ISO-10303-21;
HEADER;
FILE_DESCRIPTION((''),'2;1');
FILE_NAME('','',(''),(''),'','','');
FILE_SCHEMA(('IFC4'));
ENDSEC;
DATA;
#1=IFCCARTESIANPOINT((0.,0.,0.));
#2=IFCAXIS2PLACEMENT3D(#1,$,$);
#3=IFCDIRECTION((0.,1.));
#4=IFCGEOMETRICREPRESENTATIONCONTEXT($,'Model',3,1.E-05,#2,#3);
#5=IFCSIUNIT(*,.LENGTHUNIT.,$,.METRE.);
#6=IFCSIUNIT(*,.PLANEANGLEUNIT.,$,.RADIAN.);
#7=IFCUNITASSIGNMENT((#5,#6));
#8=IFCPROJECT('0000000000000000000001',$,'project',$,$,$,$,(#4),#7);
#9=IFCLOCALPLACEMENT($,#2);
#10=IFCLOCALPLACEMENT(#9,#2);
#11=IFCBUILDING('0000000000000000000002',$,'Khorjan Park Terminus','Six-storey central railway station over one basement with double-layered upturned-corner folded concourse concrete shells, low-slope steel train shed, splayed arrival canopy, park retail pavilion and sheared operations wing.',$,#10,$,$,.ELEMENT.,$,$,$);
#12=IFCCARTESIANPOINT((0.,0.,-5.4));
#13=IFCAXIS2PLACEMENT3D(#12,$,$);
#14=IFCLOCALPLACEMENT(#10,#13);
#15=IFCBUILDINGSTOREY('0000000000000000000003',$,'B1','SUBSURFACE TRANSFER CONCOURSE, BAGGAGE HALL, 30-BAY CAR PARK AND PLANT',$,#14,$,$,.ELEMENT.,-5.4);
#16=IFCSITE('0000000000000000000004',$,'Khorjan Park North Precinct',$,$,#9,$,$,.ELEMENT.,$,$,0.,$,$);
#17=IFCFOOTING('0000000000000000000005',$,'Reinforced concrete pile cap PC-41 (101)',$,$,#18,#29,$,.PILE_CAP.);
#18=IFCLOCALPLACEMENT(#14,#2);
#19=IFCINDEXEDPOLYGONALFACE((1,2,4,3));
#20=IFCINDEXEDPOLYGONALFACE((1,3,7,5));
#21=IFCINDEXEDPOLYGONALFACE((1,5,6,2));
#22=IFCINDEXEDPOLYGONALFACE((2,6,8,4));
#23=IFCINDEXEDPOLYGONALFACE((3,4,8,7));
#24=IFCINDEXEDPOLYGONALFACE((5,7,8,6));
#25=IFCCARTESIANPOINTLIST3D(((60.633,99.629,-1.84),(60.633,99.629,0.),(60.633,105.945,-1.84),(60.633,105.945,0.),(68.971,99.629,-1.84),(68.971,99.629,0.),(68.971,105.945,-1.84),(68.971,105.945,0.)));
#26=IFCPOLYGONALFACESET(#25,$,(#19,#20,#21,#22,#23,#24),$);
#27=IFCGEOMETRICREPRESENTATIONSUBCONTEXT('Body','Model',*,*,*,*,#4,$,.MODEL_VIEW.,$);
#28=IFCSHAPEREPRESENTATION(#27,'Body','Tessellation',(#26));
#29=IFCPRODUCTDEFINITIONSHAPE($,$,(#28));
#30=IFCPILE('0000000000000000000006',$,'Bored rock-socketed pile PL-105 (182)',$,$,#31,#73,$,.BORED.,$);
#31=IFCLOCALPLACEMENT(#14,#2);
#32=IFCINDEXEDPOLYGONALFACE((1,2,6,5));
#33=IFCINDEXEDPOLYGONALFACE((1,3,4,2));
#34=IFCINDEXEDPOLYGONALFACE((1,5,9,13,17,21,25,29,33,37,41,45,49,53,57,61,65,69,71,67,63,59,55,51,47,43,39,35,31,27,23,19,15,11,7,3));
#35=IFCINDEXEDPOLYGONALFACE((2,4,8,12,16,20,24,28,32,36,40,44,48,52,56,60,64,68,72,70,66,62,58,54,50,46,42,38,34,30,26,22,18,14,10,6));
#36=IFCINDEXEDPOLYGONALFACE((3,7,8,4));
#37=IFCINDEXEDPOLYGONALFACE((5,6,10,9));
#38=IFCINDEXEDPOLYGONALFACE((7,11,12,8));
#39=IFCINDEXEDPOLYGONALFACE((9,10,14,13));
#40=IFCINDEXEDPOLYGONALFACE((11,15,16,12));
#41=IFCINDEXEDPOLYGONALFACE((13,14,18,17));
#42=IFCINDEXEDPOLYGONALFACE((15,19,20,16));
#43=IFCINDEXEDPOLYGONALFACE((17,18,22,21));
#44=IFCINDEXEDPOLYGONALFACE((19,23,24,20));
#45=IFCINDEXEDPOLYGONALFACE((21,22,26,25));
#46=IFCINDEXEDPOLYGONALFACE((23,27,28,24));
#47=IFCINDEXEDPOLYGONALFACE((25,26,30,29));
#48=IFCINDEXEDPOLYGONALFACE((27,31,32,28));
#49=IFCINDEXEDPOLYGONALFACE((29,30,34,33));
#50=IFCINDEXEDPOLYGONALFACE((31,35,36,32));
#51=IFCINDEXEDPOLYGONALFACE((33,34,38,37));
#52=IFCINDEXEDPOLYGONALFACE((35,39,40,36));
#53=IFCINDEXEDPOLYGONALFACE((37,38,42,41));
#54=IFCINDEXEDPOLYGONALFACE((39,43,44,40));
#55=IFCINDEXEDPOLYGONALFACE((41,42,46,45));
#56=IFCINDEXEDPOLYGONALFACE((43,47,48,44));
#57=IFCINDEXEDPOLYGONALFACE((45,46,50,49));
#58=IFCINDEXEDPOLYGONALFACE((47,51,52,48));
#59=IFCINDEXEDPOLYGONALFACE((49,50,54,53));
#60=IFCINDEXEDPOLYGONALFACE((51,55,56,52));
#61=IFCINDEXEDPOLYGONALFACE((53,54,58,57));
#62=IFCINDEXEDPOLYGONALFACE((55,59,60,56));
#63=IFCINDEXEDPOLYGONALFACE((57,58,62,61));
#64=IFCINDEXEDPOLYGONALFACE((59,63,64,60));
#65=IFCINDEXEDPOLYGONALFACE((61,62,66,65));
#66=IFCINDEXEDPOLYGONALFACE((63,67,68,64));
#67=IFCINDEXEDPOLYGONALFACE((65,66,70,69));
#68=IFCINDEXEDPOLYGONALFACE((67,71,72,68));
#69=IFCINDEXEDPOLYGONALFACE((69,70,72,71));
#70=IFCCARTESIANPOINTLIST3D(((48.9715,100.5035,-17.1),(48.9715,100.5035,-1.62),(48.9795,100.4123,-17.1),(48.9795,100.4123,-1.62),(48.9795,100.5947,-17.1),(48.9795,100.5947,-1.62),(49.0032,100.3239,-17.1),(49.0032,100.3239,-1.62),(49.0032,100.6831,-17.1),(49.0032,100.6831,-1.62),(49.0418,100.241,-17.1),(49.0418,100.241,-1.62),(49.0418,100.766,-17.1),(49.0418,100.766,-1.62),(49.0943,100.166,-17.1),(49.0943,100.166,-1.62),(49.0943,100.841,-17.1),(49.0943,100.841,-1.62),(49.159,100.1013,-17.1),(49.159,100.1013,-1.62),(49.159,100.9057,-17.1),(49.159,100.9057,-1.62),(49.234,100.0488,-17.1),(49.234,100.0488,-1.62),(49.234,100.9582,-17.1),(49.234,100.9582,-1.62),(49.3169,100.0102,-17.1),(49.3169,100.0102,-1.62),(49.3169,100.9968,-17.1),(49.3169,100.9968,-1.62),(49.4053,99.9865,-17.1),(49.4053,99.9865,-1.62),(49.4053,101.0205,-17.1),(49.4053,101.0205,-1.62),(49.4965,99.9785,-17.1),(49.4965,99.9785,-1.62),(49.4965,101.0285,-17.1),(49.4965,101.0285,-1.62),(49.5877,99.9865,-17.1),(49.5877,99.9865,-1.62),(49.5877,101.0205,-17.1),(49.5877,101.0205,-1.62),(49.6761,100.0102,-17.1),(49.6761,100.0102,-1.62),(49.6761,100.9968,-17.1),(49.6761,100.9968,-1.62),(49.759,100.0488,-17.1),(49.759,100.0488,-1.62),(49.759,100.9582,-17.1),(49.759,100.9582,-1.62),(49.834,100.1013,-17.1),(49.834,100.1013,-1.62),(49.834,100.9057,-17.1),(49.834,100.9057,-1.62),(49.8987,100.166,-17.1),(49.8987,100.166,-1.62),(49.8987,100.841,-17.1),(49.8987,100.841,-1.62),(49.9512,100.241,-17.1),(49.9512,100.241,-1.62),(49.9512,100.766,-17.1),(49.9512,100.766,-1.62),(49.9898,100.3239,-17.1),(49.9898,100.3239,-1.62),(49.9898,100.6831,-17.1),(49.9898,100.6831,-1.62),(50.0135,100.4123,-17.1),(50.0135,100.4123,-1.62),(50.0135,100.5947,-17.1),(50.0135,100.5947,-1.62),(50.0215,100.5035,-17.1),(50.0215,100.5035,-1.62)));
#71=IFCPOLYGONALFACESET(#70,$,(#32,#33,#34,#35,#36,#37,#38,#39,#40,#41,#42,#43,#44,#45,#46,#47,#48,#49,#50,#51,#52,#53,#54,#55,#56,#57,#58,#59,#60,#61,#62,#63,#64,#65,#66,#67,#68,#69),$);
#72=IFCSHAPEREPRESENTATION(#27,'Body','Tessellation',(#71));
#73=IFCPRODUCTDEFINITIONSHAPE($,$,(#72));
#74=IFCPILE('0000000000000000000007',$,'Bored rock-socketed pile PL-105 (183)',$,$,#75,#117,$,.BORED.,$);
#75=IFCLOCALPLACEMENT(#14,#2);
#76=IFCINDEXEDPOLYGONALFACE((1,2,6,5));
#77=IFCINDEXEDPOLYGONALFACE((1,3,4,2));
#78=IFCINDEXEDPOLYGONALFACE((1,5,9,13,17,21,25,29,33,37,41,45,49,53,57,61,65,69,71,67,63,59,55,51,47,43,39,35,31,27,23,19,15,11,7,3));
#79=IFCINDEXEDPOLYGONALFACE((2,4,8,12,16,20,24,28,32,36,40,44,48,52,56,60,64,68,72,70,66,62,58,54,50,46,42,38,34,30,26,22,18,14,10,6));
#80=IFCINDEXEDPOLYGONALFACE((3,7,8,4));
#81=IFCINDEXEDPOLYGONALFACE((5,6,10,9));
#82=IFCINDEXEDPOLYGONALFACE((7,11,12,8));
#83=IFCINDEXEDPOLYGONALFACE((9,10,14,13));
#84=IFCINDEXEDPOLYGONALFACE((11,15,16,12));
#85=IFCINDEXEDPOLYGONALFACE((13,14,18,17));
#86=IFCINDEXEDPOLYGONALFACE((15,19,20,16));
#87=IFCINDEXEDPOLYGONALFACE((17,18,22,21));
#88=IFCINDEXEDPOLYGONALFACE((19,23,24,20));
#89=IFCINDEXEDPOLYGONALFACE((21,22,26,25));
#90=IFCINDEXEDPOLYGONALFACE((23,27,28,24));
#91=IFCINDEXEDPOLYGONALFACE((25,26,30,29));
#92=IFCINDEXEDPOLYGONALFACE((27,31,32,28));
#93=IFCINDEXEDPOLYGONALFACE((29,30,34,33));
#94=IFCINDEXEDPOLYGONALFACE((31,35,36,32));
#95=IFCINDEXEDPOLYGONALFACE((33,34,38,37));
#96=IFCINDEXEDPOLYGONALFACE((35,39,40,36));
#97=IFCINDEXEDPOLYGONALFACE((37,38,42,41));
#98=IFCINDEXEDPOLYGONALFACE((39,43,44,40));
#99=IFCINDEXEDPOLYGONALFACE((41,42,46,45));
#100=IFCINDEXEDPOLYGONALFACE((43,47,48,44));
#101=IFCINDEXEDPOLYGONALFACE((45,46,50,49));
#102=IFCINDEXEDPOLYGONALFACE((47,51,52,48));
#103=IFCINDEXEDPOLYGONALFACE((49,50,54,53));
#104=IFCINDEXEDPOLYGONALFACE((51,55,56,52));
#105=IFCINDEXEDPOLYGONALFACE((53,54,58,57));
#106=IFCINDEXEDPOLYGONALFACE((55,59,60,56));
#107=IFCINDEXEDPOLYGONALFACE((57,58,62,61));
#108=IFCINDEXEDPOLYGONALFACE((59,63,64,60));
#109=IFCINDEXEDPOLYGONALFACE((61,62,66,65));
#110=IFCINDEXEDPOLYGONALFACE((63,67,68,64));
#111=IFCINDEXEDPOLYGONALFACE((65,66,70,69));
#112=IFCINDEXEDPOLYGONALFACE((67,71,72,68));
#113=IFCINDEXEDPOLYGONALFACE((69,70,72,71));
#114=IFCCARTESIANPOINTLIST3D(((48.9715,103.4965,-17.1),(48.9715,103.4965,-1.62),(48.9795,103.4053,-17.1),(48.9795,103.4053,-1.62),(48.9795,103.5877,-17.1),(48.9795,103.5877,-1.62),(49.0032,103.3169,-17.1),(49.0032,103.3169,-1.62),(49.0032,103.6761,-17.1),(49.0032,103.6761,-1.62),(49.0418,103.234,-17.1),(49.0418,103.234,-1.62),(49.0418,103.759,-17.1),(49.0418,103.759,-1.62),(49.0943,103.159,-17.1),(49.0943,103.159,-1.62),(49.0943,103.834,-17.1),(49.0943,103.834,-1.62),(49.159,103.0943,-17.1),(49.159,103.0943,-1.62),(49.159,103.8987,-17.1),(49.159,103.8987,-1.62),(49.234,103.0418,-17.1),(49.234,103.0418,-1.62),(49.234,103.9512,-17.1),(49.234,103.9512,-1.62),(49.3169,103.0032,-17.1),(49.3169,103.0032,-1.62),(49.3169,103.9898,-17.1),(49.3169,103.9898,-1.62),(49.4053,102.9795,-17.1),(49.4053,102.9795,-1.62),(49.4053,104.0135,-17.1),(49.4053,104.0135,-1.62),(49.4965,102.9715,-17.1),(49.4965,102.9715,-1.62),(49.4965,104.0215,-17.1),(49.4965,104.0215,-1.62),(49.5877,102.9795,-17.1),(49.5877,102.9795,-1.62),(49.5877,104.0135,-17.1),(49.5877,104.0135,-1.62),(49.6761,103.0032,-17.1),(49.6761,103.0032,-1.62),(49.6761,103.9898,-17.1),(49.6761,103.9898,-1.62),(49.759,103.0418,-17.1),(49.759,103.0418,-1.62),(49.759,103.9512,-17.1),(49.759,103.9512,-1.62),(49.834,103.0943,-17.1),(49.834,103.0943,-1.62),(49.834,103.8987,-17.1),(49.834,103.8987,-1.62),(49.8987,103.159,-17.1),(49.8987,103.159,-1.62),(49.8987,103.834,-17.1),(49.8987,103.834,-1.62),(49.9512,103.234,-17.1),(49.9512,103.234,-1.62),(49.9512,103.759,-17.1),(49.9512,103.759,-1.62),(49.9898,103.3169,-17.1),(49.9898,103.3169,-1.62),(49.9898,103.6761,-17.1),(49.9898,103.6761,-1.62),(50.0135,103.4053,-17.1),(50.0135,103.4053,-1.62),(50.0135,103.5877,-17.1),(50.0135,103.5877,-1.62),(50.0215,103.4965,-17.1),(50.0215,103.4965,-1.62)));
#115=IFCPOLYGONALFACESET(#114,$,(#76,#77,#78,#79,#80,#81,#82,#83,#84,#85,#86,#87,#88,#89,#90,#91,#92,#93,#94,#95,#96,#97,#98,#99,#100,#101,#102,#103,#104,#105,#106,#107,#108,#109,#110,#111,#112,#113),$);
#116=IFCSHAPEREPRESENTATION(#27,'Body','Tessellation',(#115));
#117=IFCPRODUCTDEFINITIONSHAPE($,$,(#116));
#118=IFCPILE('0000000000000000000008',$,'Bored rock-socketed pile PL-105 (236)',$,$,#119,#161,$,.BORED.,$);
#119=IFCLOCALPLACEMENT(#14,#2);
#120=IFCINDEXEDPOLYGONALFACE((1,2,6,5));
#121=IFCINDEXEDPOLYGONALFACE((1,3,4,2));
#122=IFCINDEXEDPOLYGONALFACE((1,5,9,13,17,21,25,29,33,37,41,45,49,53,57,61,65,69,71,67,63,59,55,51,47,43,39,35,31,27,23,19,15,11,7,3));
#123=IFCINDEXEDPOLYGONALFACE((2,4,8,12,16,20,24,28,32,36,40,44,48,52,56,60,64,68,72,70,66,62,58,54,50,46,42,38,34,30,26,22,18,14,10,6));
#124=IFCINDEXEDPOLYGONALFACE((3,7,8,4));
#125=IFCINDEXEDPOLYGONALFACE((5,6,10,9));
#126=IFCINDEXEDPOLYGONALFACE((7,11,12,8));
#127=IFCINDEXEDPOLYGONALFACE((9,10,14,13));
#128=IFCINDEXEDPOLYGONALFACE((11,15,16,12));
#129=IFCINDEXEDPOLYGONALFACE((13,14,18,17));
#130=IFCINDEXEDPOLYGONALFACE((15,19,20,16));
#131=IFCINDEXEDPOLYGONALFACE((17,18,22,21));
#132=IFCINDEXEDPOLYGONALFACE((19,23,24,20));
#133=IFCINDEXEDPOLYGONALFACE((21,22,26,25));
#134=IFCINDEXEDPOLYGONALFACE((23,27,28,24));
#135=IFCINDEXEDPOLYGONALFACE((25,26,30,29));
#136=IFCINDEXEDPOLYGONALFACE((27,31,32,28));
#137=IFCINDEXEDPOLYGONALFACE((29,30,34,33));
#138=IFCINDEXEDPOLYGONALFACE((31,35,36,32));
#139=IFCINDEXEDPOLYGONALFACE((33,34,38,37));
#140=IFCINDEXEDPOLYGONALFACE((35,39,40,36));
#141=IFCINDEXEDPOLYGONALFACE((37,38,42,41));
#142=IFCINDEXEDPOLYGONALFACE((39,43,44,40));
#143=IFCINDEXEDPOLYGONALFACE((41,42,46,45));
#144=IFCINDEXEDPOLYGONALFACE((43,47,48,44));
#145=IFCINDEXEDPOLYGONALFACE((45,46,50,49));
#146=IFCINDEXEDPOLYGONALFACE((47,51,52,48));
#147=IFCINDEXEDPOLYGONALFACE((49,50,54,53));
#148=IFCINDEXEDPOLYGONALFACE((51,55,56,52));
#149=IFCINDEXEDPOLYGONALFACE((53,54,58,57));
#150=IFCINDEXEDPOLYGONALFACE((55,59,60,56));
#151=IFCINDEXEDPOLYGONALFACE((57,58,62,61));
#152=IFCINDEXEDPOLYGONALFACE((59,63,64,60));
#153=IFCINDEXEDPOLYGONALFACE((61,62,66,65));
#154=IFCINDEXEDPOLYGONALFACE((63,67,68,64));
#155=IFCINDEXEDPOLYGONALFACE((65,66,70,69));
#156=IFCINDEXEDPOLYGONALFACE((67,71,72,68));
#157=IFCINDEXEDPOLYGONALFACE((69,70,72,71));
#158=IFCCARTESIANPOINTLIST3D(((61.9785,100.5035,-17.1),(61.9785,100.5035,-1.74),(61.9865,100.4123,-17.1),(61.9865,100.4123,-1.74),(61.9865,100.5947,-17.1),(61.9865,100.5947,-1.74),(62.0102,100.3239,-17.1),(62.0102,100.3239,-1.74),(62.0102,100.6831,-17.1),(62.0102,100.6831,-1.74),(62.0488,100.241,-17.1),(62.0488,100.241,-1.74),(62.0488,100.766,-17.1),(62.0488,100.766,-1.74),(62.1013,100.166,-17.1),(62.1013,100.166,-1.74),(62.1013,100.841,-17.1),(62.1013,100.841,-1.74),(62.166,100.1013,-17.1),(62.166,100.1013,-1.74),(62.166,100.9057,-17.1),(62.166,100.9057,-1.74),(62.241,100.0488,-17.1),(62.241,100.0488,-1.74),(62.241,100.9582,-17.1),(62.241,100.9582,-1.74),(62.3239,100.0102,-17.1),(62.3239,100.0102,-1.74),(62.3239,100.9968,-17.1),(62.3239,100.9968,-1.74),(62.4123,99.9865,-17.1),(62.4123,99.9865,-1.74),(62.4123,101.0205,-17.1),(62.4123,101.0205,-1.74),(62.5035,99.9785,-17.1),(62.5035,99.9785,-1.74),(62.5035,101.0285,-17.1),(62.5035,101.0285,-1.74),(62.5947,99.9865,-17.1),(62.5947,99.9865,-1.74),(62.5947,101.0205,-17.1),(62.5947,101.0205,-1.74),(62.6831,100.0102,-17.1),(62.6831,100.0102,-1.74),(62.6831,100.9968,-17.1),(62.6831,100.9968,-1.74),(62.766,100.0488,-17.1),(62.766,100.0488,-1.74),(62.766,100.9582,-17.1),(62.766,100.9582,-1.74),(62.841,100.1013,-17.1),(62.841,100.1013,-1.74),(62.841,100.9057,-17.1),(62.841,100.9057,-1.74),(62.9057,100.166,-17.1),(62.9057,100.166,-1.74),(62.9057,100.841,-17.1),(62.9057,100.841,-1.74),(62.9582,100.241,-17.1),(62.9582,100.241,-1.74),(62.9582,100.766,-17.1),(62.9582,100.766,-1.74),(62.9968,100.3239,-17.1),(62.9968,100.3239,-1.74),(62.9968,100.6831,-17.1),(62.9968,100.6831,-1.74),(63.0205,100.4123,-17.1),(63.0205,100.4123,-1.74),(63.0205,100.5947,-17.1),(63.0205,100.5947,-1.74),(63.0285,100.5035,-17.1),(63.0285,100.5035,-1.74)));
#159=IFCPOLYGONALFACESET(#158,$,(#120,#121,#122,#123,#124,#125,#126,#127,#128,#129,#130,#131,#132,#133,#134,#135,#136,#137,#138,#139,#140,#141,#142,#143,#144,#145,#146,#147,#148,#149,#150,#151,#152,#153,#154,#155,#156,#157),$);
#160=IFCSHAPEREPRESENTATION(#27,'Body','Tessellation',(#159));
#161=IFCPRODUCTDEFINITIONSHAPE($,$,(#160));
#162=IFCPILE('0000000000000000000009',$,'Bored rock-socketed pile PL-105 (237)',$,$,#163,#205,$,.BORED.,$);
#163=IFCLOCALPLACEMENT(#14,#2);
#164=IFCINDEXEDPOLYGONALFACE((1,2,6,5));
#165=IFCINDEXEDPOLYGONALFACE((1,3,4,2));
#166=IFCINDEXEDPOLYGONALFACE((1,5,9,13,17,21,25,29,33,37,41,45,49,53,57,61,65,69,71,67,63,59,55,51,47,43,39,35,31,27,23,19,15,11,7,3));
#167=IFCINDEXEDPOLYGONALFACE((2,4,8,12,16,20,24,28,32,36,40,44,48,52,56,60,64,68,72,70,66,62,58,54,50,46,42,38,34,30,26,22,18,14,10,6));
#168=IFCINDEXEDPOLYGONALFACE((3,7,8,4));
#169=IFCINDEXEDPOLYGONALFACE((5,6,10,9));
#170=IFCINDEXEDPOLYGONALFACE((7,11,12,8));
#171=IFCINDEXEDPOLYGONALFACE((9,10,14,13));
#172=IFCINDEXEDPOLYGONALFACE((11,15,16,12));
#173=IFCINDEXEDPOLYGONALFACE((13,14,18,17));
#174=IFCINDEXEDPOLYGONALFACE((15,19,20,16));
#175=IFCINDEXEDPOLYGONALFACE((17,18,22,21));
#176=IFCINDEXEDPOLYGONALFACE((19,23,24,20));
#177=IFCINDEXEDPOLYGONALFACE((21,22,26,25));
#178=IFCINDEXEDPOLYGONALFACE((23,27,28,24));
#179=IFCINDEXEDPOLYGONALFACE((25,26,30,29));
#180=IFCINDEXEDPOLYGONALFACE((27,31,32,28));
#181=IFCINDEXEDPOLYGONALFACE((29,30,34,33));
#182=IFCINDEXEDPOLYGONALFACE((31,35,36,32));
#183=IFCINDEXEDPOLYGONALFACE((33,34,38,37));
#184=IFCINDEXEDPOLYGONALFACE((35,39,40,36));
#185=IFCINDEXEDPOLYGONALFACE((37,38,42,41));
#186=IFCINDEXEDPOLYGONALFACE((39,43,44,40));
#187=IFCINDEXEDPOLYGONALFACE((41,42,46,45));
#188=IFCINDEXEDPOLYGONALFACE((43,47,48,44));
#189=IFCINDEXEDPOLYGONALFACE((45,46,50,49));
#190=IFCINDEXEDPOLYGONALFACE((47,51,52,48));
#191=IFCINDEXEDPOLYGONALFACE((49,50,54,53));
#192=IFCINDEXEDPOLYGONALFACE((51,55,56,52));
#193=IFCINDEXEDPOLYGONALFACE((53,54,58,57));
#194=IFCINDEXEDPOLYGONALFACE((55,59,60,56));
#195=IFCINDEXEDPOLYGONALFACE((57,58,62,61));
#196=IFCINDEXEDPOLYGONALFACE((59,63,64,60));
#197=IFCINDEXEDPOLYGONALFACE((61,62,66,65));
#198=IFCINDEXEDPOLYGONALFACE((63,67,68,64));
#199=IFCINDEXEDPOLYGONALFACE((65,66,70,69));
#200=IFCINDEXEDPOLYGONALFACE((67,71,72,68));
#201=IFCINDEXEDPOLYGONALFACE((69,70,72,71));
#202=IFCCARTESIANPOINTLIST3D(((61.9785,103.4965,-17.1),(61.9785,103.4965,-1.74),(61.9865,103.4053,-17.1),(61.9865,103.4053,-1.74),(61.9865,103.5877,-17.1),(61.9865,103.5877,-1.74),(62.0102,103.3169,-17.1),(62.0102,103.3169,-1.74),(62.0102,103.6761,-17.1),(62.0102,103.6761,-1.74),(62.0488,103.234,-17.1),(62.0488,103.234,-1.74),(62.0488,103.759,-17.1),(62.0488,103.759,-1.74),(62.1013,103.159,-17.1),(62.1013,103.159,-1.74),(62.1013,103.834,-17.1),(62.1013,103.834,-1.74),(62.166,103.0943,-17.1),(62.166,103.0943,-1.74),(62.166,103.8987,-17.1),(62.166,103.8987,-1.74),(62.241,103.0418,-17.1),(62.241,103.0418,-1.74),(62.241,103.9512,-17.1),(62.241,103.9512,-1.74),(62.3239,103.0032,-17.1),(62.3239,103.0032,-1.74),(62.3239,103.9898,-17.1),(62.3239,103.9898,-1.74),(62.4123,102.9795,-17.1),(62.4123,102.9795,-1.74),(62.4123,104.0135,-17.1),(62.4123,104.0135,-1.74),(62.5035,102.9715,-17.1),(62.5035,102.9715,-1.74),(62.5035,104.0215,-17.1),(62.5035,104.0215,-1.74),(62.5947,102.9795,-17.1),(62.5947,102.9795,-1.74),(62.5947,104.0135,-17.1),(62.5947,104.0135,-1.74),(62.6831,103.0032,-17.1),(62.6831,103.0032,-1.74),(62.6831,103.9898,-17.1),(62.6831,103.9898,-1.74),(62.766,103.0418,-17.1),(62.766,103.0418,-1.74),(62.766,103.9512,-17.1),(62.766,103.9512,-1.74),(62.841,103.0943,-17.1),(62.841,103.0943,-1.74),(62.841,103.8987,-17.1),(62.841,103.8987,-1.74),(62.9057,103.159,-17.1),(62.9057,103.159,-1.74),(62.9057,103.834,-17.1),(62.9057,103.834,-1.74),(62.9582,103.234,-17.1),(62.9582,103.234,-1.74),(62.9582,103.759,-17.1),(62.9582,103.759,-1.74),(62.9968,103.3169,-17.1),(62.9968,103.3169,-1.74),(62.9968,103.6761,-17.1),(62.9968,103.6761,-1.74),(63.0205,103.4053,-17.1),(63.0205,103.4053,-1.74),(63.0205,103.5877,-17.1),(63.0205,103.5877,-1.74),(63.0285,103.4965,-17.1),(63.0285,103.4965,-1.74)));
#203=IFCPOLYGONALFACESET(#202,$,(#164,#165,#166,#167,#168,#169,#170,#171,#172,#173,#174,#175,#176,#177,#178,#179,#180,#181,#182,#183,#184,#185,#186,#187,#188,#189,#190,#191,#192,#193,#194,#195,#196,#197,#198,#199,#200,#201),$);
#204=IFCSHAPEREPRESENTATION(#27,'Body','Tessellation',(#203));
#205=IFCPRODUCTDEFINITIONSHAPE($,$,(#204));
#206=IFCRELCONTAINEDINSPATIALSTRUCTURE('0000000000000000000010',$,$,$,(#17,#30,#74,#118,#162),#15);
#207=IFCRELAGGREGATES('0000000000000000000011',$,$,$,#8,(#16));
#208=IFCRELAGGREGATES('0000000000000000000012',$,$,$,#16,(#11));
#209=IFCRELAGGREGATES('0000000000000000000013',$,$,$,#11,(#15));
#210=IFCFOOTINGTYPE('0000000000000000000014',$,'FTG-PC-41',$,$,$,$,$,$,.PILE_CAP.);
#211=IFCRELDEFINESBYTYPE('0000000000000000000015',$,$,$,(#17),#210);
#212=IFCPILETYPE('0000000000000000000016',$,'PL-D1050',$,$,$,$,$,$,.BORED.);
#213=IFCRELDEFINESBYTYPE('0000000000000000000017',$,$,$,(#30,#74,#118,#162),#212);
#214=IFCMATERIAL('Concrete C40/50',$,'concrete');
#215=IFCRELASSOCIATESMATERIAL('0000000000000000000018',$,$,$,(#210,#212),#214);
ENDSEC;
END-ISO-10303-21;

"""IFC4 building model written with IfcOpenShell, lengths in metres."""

from ifc_helpers import new_model, si_unit, direction, frame, origin, origin_2d, place, context, subcontext, project, spatial, rectangle, circle, extrude, material, material_profile, profile_set, type_object, element, save


model = new_model("IFC4")

# Units and contexts
model_context = context("Model", 3, precision=1e-05, world=origin(), true_north=direction((0.0, 1.0)))
body_context = subcontext(model_context, "Body", "Model", "MODEL_VIEW")
ifc_project = project(units=[si_unit("LENGTHUNIT", "METRE"), si_unit("PLANEANGLEUNIT", "RADIAN")], contexts=[model_context])

# Site, building, storey
site_placement = place(None, origin())
site = spatial("IfcSite", under=ifc_project, at=site_placement, Name="Khorjan Park North Precinct", CompositionType="ELEMENT", RefElevation=0.0)
building_placement = place(site_placement, origin())
building = spatial("IfcBuilding", under=site, at=building_placement, Name="Khorjan Park Terminus", Description="Six-storey central railway station over one basement with double-layered upturned-corner folded concourse concrete shells, low-slope steel train shed, splayed arrival canopy, park retail pavilion and sheared operations wing.", CompositionType="ELEMENT")
storey_placement = place(building_placement, frame((0.0, 0.0, -5.4)))
storey = spatial("IfcBuildingStorey", under=building, at=storey_placement, Name="B1", Description="SUBSURFACE TRANSFER CONCOURSE, BAGGAGE HALL, 30-BAY CAR PARK AND PLANT", CompositionType="ELEMENT", Elevation=-5.4)

# Footing
ifc_material_1 = material(Name="Concrete C40/50", Category="concrete")
footing_type_1 = type_object("IfcFootingType", Name="FTG-PC-41", PredefinedType="PILE_CAP", material=ifc_material_1)
footing_1_placement = place(storey_placement, frame((64.802, 102.787, -1.84), z_axis=(0.0, 0.0, 1.0), x_axis=(1.0, 0.0, 0.0)))
element("IfcFooting", 1, at=footing_1_placement, inside=storey, type_object=footing_type_1, Name="Reinforced concrete pile cap PC-41 (101)", PredefinedType="PILE_CAP", context=body_context, shape_type="SweptSolid", body=[
    extrude(rectangle(XDim=8.338, YDim=6.316, at=origin_2d()), origin(), (0.0, 0.0, 1.0), 1.84),
])

# Piles
ifc_material_profile_1 = material_profile(ifc_material_1, circle(Radius=0.525, at=origin_2d()), Name="BORED D1050")
ifc_profile_set_1 = profile_set([ifc_material_profile_1], Name="Concrete C40/50")
pile_type_1 = type_object("IfcPileType", Name="PL-D1050", PredefinedType="BORED", material=ifc_profile_set_1)
for number, where, z_axis, x_axis, name in (
    (2, (49.4965, 100.5035, -1.62), (0.0, 0.0, -1.0), (1.0, 0.0, 0.0), "Bored rock-socketed pile PL-105 (182)"),
    (3, (49.4965, 103.4965, -1.62), (0.0, 0.0, -1.0), (1.0, 0.0, 0.0), "Bored rock-socketed pile PL-105 (183)"),
):
    element("IfcPile", number, at=place(storey_placement, frame(where, z_axis=z_axis, x_axis=x_axis)), inside=storey, type_object=pile_type_1, Name=name, PredefinedType="BORED", context=body_context, shape_type="SweptSolid", body=[
        extrude(circle(Radius=0.525, at=origin_2d()), origin(), (0.0, 0.0, 1.0), 15.48),
    ])
for number, where, z_axis, x_axis, name in (
    (4, (62.5035, 100.5035, -1.74), (0.0, 0.0, -1.0), (1.0, 0.0, 0.0), "Bored rock-socketed pile PL-105 (236)"),
    (5, (62.5035, 103.4965, -1.74), (0.0, 0.0, -1.0), (1.0, 0.0, 0.0), "Bored rock-socketed pile PL-105 (237)"),
):
    element("IfcPile", number, at=place(storey_placement, frame(where, z_axis=z_axis, x_axis=x_axis)), inside=storey, type_object=pile_type_1, Name=name, PredefinedType="BORED", context=body_context, shape_type="SweptSolid", body=[
        extrude(circle(Radius=0.525, at=origin_2d()), origin(), (0.0, 0.0, 1.0), 15.36),
    ])

save(model, "model.ifc")
